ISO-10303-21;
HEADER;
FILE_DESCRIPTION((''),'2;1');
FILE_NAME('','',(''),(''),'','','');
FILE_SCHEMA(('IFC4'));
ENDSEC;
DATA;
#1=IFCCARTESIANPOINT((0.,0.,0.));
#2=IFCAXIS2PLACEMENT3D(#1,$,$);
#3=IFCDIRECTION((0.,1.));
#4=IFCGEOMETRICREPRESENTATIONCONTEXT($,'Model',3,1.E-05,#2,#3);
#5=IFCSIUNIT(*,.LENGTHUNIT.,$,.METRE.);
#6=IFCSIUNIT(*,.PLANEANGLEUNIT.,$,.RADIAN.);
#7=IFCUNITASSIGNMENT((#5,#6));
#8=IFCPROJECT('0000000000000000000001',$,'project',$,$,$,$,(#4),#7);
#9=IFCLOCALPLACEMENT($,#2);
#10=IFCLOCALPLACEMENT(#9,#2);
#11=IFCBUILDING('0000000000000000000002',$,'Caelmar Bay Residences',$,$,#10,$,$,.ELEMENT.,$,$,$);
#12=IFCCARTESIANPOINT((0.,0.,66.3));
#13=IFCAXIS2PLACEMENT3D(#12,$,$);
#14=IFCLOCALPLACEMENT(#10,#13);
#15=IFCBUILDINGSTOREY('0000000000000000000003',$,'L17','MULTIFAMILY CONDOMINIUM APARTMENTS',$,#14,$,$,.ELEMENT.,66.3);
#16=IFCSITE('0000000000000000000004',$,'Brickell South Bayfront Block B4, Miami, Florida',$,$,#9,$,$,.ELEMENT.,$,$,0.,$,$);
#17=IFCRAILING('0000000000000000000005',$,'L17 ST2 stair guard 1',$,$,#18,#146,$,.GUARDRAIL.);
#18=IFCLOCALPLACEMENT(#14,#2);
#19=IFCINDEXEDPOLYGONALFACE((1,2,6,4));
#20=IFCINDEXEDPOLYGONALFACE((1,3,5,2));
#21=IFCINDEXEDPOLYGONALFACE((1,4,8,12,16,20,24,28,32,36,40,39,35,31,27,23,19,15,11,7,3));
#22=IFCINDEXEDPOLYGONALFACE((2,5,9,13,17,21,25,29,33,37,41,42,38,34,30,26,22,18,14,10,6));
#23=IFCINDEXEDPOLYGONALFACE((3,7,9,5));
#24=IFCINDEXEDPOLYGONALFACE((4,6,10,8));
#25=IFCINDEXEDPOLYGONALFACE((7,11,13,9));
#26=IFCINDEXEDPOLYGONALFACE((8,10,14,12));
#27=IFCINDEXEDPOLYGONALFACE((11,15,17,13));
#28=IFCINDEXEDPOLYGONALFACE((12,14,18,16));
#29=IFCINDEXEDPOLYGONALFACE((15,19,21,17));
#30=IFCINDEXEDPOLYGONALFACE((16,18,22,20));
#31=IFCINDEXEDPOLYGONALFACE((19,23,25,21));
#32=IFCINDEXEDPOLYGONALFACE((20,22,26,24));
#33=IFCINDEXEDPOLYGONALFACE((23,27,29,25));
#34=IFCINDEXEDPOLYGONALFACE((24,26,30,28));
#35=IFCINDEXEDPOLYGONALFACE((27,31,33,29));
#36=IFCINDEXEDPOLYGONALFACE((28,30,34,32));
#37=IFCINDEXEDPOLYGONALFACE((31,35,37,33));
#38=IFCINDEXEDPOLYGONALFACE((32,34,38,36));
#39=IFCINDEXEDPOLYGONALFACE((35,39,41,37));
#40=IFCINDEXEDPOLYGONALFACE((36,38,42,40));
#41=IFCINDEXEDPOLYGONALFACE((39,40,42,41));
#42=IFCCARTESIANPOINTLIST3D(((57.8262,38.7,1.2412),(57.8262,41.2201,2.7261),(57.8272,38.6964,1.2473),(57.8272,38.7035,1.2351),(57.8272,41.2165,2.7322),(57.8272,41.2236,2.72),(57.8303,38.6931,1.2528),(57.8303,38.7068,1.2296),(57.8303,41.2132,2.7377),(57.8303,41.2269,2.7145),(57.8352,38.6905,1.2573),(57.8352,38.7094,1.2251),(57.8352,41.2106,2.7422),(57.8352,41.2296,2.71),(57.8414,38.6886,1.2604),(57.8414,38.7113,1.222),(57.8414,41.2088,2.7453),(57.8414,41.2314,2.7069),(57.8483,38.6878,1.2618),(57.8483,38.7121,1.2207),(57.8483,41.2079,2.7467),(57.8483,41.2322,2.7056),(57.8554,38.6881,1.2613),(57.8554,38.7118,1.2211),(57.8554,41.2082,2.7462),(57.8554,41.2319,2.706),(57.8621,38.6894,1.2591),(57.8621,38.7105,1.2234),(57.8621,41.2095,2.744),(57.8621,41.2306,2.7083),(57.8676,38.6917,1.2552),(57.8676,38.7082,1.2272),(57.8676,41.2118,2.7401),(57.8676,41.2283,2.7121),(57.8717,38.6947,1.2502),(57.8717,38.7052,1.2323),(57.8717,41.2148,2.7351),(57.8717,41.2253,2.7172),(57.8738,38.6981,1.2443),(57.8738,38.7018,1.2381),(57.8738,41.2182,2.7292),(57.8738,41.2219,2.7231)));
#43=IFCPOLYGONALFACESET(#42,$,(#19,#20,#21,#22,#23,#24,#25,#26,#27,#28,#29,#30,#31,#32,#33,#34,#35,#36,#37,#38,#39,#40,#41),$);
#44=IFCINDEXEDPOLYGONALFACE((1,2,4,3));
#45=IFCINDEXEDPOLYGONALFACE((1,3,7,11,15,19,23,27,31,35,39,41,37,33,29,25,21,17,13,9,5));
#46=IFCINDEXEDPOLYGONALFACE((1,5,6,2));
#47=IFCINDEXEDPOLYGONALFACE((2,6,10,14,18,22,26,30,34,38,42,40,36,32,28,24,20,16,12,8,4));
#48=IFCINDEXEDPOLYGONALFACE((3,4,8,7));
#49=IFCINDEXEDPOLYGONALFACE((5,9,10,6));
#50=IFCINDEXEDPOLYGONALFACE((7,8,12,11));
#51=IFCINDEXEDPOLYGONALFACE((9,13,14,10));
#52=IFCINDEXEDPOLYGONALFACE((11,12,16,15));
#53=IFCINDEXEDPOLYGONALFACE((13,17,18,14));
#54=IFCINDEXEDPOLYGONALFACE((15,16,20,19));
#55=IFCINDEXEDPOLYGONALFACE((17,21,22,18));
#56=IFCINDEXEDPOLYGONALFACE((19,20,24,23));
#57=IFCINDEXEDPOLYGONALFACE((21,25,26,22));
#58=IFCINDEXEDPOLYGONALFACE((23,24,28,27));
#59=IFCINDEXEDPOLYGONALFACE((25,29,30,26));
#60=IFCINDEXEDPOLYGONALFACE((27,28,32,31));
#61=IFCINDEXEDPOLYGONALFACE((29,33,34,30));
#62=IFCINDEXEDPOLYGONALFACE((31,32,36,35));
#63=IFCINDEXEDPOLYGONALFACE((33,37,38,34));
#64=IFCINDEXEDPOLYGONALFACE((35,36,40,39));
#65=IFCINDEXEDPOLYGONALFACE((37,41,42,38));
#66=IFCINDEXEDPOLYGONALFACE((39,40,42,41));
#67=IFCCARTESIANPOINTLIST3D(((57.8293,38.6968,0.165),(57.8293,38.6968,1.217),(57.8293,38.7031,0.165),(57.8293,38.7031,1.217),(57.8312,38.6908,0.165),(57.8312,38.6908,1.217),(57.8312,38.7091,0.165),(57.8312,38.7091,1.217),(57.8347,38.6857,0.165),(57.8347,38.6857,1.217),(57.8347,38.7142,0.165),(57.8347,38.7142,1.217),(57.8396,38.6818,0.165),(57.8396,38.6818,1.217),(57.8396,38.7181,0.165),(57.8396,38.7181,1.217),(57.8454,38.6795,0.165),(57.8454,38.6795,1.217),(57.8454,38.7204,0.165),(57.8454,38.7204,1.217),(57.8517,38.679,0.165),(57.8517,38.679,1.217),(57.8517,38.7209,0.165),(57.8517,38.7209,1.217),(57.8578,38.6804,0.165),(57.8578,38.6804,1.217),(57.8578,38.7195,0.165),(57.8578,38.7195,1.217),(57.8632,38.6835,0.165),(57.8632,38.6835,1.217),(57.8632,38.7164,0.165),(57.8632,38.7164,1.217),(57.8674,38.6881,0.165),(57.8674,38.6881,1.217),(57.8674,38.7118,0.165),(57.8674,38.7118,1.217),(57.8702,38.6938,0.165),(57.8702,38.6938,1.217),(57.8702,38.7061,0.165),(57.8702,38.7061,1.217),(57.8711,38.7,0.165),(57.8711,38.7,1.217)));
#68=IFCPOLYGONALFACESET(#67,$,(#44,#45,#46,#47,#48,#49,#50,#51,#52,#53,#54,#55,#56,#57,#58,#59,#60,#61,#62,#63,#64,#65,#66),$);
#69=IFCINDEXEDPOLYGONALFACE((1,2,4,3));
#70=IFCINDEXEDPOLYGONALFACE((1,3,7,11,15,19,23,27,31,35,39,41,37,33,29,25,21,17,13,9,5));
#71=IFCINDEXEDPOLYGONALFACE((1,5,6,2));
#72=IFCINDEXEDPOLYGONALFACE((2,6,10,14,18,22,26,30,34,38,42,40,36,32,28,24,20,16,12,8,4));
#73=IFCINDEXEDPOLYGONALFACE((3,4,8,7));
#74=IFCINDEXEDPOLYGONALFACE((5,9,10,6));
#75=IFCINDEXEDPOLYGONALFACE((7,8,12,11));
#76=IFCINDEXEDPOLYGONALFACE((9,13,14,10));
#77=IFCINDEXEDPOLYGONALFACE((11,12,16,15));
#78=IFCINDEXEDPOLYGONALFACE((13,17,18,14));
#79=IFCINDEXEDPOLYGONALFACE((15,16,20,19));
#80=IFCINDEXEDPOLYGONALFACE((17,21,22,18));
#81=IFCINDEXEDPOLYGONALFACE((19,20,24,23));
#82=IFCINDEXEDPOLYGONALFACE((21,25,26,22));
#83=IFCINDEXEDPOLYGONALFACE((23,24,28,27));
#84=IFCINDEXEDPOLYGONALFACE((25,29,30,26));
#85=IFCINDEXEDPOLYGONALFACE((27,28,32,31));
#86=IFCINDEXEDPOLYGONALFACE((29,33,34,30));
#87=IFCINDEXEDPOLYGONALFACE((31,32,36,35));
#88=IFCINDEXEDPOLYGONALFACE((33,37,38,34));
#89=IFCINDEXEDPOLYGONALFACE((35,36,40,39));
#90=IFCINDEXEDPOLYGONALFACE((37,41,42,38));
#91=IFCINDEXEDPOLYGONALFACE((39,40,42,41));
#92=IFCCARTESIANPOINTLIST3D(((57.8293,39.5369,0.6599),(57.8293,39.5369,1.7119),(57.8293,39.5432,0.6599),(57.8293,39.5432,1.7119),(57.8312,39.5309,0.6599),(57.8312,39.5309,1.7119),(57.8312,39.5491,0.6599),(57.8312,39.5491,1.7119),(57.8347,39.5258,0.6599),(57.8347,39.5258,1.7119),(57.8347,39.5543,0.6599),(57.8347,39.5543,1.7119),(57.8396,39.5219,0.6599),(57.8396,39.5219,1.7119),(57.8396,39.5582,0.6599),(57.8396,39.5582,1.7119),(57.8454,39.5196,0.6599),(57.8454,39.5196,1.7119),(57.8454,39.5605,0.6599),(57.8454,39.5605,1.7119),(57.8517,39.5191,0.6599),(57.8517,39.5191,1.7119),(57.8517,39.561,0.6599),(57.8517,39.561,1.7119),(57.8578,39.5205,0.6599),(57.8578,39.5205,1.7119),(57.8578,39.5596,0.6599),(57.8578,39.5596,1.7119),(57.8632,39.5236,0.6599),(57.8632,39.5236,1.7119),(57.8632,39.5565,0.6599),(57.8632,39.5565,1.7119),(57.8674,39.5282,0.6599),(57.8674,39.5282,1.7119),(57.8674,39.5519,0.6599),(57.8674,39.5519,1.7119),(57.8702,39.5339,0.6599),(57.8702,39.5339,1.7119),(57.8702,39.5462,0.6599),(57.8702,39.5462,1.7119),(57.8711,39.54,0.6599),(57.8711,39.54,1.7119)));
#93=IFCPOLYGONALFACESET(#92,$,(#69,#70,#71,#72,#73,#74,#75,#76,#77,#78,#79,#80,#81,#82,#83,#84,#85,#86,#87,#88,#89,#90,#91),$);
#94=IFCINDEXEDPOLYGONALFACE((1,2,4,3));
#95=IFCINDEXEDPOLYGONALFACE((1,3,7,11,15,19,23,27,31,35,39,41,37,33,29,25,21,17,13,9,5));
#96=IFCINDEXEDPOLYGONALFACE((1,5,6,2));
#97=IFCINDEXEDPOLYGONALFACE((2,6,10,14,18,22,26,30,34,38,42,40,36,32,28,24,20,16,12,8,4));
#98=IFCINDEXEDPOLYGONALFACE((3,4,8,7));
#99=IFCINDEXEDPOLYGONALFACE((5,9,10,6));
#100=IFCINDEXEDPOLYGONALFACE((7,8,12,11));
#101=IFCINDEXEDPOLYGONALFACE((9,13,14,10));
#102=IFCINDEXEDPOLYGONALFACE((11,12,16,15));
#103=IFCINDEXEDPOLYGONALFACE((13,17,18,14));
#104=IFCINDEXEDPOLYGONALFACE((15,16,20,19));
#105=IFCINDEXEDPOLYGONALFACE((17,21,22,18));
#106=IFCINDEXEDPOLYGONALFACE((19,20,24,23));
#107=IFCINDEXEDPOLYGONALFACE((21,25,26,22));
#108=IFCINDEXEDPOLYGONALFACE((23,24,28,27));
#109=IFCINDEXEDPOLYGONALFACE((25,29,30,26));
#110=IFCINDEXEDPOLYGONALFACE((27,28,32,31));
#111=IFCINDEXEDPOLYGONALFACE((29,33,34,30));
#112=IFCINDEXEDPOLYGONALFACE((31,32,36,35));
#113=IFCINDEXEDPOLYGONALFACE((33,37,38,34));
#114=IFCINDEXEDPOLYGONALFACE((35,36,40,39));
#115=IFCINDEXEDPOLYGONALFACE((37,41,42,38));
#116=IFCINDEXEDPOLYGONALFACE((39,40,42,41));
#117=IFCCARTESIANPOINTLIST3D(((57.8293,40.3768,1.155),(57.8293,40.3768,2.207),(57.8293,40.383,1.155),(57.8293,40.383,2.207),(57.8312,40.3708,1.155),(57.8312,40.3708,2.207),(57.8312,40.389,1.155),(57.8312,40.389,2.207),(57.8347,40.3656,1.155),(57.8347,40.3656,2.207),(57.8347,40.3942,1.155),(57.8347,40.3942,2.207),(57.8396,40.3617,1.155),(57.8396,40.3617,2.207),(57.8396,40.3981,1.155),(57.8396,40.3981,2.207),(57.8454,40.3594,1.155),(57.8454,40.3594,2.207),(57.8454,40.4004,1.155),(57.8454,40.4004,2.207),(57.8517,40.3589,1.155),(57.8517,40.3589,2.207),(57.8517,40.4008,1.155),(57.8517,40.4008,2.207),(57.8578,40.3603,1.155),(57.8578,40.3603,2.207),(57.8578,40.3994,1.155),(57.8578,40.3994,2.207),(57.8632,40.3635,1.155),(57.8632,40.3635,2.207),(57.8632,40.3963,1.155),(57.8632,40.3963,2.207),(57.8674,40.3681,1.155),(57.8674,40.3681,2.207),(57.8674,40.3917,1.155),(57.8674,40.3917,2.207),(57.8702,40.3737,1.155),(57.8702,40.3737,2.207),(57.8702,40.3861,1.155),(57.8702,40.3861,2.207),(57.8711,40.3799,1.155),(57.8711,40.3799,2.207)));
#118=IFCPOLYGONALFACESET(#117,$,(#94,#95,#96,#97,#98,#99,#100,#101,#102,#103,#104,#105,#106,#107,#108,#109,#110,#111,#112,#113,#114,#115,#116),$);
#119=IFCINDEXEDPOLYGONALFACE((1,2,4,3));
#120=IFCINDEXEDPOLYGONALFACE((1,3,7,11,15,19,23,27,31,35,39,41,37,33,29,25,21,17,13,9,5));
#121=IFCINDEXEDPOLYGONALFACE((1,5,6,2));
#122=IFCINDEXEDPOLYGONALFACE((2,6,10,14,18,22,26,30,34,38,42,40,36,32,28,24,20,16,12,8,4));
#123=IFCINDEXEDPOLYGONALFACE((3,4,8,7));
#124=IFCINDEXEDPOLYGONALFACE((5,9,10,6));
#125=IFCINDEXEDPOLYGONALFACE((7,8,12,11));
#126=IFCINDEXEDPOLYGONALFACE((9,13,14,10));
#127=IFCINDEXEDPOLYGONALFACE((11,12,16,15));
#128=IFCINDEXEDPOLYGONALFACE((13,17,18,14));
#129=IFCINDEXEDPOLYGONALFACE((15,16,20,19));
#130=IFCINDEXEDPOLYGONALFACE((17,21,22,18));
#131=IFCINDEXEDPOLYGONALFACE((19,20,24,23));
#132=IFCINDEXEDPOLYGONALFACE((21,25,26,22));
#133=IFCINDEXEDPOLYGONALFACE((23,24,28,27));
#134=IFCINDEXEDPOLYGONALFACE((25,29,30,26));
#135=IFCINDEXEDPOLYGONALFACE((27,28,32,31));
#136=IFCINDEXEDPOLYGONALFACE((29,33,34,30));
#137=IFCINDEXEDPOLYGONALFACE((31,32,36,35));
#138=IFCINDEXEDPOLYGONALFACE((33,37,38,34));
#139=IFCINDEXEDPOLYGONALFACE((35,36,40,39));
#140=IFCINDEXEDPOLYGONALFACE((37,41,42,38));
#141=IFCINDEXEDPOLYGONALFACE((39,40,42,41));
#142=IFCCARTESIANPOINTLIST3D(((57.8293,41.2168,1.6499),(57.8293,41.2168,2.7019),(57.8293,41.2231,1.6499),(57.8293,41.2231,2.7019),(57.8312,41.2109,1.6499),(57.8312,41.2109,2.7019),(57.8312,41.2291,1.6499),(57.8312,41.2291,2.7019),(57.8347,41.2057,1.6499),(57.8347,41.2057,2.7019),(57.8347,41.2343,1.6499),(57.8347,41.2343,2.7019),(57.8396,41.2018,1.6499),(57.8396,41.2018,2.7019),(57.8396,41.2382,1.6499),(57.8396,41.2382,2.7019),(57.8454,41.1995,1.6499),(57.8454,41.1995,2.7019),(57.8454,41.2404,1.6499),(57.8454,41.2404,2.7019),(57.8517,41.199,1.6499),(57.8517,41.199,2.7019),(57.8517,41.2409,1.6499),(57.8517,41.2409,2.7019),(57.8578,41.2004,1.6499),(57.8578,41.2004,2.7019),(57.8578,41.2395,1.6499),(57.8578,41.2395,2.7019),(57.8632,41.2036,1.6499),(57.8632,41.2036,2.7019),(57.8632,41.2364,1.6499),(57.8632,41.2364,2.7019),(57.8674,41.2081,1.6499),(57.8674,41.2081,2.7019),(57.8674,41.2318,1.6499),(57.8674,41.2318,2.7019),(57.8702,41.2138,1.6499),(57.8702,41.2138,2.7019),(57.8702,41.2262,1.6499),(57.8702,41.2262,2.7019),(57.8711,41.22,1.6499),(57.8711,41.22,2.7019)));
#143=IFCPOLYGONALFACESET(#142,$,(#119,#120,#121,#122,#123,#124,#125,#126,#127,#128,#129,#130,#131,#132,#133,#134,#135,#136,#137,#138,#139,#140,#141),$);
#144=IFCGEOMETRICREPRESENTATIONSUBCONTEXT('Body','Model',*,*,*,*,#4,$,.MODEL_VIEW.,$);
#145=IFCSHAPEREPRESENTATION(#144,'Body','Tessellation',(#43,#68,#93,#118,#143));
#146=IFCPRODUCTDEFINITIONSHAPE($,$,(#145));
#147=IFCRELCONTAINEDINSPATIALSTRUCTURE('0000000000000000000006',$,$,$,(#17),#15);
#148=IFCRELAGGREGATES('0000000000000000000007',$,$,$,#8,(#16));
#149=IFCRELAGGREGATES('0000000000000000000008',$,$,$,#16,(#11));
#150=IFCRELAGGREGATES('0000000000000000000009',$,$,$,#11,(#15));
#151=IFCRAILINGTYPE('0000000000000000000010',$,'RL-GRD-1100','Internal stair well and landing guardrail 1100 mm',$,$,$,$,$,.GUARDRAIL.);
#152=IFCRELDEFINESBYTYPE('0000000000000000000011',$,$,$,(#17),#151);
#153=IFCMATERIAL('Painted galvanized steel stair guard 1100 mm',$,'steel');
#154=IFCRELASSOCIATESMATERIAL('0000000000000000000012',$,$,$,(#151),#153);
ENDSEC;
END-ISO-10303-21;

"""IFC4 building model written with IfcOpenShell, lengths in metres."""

from ifc_helpers import new_model, si_unit, direction, frame, origin, origin_2d, place, context, subcontext, project, spatial, circle, extrude, material, type_object, element, save


model = new_model("IFC4")

# Units and contexts
model_context = context("Model", 3, precision=1e-05, world=origin(), true_north=direction((0.0, 1.0)))
body_context = subcontext(model_context, "Body", "Model", "MODEL_VIEW")
ifc_project = project(units=[si_unit("LENGTHUNIT", "METRE"), si_unit("PLANEANGLEUNIT", "RADIAN")], contexts=[model_context])

# Site, building, storey
site_placement = place(None, origin())
site = spatial("IfcSite", under=ifc_project, at=site_placement, Name="Brickell South Bayfront Block B4, Miami, Florida", CompositionType="ELEMENT", RefElevation=0.0)
building_placement = place(site_placement, origin())
building = spatial("IfcBuilding", under=site, at=building_placement, Name="Caelmar Bay Residences", CompositionType="ELEMENT")
storey_placement = place(building_placement, frame((0.0, 0.0, 66.3)))
storey = spatial("IfcBuildingStorey", under=building, at=storey_placement, Name="L17", Description="MULTIFAMILY CONDOMINIUM APARTMENTS", CompositionType="ELEMENT", Elevation=66.3)

# Railing
ifc_material_1 = material(Name="Painted galvanized steel stair guard 1100 mm", Category="steel")
railing_type_1 = type_object("IfcRailingType", Name="RL-GRD-1100", Description="Internal stair well and landing guardrail 1100 mm", PredefinedType="GUARDRAIL", material=ifc_material_1)
railing_1_placement = place(storey_placement, frame((57.8501, 38.7, 0.165)))
element("IfcRailing", 1, at=railing_1_placement, inside=storey, type_object=railing_type_1, Name="L17 ST2 stair guard 1", PredefinedType="GUARDRAIL", context=body_context, shape_type="SweptSolid", body=[
    extrude(circle(Radius=0.0239, at=origin_2d()), frame((0.0, 0.0, 1.0762), z_axis=(0.0, 0.861561, 0.507655), x_axis=(-1.0, 0.0, 0.0)), (0.0, 0.0, 1.0), 2.925),
    extrude(circle(Radius=0.021, at=origin_2d()), origin(), (0.0, 0.0, 1.0), 1.052),
    extrude(circle(Radius=0.021, at=origin_2d()), frame((0.0, 0.8401, 0.4949)), (0.0, 0.0, 1.0), 1.052),
    extrude(circle(Radius=0.021, at=origin_2d()), frame((0.0, 1.6799, 0.99)), (0.0, 0.0, 1.0), 1.052),
    extrude(circle(Radius=0.021, at=origin_2d()), frame((0.0, 2.52, 1.4849)), (0.0, 0.0, 1.0), 1.052),
])

save(model, "model.ifc")
